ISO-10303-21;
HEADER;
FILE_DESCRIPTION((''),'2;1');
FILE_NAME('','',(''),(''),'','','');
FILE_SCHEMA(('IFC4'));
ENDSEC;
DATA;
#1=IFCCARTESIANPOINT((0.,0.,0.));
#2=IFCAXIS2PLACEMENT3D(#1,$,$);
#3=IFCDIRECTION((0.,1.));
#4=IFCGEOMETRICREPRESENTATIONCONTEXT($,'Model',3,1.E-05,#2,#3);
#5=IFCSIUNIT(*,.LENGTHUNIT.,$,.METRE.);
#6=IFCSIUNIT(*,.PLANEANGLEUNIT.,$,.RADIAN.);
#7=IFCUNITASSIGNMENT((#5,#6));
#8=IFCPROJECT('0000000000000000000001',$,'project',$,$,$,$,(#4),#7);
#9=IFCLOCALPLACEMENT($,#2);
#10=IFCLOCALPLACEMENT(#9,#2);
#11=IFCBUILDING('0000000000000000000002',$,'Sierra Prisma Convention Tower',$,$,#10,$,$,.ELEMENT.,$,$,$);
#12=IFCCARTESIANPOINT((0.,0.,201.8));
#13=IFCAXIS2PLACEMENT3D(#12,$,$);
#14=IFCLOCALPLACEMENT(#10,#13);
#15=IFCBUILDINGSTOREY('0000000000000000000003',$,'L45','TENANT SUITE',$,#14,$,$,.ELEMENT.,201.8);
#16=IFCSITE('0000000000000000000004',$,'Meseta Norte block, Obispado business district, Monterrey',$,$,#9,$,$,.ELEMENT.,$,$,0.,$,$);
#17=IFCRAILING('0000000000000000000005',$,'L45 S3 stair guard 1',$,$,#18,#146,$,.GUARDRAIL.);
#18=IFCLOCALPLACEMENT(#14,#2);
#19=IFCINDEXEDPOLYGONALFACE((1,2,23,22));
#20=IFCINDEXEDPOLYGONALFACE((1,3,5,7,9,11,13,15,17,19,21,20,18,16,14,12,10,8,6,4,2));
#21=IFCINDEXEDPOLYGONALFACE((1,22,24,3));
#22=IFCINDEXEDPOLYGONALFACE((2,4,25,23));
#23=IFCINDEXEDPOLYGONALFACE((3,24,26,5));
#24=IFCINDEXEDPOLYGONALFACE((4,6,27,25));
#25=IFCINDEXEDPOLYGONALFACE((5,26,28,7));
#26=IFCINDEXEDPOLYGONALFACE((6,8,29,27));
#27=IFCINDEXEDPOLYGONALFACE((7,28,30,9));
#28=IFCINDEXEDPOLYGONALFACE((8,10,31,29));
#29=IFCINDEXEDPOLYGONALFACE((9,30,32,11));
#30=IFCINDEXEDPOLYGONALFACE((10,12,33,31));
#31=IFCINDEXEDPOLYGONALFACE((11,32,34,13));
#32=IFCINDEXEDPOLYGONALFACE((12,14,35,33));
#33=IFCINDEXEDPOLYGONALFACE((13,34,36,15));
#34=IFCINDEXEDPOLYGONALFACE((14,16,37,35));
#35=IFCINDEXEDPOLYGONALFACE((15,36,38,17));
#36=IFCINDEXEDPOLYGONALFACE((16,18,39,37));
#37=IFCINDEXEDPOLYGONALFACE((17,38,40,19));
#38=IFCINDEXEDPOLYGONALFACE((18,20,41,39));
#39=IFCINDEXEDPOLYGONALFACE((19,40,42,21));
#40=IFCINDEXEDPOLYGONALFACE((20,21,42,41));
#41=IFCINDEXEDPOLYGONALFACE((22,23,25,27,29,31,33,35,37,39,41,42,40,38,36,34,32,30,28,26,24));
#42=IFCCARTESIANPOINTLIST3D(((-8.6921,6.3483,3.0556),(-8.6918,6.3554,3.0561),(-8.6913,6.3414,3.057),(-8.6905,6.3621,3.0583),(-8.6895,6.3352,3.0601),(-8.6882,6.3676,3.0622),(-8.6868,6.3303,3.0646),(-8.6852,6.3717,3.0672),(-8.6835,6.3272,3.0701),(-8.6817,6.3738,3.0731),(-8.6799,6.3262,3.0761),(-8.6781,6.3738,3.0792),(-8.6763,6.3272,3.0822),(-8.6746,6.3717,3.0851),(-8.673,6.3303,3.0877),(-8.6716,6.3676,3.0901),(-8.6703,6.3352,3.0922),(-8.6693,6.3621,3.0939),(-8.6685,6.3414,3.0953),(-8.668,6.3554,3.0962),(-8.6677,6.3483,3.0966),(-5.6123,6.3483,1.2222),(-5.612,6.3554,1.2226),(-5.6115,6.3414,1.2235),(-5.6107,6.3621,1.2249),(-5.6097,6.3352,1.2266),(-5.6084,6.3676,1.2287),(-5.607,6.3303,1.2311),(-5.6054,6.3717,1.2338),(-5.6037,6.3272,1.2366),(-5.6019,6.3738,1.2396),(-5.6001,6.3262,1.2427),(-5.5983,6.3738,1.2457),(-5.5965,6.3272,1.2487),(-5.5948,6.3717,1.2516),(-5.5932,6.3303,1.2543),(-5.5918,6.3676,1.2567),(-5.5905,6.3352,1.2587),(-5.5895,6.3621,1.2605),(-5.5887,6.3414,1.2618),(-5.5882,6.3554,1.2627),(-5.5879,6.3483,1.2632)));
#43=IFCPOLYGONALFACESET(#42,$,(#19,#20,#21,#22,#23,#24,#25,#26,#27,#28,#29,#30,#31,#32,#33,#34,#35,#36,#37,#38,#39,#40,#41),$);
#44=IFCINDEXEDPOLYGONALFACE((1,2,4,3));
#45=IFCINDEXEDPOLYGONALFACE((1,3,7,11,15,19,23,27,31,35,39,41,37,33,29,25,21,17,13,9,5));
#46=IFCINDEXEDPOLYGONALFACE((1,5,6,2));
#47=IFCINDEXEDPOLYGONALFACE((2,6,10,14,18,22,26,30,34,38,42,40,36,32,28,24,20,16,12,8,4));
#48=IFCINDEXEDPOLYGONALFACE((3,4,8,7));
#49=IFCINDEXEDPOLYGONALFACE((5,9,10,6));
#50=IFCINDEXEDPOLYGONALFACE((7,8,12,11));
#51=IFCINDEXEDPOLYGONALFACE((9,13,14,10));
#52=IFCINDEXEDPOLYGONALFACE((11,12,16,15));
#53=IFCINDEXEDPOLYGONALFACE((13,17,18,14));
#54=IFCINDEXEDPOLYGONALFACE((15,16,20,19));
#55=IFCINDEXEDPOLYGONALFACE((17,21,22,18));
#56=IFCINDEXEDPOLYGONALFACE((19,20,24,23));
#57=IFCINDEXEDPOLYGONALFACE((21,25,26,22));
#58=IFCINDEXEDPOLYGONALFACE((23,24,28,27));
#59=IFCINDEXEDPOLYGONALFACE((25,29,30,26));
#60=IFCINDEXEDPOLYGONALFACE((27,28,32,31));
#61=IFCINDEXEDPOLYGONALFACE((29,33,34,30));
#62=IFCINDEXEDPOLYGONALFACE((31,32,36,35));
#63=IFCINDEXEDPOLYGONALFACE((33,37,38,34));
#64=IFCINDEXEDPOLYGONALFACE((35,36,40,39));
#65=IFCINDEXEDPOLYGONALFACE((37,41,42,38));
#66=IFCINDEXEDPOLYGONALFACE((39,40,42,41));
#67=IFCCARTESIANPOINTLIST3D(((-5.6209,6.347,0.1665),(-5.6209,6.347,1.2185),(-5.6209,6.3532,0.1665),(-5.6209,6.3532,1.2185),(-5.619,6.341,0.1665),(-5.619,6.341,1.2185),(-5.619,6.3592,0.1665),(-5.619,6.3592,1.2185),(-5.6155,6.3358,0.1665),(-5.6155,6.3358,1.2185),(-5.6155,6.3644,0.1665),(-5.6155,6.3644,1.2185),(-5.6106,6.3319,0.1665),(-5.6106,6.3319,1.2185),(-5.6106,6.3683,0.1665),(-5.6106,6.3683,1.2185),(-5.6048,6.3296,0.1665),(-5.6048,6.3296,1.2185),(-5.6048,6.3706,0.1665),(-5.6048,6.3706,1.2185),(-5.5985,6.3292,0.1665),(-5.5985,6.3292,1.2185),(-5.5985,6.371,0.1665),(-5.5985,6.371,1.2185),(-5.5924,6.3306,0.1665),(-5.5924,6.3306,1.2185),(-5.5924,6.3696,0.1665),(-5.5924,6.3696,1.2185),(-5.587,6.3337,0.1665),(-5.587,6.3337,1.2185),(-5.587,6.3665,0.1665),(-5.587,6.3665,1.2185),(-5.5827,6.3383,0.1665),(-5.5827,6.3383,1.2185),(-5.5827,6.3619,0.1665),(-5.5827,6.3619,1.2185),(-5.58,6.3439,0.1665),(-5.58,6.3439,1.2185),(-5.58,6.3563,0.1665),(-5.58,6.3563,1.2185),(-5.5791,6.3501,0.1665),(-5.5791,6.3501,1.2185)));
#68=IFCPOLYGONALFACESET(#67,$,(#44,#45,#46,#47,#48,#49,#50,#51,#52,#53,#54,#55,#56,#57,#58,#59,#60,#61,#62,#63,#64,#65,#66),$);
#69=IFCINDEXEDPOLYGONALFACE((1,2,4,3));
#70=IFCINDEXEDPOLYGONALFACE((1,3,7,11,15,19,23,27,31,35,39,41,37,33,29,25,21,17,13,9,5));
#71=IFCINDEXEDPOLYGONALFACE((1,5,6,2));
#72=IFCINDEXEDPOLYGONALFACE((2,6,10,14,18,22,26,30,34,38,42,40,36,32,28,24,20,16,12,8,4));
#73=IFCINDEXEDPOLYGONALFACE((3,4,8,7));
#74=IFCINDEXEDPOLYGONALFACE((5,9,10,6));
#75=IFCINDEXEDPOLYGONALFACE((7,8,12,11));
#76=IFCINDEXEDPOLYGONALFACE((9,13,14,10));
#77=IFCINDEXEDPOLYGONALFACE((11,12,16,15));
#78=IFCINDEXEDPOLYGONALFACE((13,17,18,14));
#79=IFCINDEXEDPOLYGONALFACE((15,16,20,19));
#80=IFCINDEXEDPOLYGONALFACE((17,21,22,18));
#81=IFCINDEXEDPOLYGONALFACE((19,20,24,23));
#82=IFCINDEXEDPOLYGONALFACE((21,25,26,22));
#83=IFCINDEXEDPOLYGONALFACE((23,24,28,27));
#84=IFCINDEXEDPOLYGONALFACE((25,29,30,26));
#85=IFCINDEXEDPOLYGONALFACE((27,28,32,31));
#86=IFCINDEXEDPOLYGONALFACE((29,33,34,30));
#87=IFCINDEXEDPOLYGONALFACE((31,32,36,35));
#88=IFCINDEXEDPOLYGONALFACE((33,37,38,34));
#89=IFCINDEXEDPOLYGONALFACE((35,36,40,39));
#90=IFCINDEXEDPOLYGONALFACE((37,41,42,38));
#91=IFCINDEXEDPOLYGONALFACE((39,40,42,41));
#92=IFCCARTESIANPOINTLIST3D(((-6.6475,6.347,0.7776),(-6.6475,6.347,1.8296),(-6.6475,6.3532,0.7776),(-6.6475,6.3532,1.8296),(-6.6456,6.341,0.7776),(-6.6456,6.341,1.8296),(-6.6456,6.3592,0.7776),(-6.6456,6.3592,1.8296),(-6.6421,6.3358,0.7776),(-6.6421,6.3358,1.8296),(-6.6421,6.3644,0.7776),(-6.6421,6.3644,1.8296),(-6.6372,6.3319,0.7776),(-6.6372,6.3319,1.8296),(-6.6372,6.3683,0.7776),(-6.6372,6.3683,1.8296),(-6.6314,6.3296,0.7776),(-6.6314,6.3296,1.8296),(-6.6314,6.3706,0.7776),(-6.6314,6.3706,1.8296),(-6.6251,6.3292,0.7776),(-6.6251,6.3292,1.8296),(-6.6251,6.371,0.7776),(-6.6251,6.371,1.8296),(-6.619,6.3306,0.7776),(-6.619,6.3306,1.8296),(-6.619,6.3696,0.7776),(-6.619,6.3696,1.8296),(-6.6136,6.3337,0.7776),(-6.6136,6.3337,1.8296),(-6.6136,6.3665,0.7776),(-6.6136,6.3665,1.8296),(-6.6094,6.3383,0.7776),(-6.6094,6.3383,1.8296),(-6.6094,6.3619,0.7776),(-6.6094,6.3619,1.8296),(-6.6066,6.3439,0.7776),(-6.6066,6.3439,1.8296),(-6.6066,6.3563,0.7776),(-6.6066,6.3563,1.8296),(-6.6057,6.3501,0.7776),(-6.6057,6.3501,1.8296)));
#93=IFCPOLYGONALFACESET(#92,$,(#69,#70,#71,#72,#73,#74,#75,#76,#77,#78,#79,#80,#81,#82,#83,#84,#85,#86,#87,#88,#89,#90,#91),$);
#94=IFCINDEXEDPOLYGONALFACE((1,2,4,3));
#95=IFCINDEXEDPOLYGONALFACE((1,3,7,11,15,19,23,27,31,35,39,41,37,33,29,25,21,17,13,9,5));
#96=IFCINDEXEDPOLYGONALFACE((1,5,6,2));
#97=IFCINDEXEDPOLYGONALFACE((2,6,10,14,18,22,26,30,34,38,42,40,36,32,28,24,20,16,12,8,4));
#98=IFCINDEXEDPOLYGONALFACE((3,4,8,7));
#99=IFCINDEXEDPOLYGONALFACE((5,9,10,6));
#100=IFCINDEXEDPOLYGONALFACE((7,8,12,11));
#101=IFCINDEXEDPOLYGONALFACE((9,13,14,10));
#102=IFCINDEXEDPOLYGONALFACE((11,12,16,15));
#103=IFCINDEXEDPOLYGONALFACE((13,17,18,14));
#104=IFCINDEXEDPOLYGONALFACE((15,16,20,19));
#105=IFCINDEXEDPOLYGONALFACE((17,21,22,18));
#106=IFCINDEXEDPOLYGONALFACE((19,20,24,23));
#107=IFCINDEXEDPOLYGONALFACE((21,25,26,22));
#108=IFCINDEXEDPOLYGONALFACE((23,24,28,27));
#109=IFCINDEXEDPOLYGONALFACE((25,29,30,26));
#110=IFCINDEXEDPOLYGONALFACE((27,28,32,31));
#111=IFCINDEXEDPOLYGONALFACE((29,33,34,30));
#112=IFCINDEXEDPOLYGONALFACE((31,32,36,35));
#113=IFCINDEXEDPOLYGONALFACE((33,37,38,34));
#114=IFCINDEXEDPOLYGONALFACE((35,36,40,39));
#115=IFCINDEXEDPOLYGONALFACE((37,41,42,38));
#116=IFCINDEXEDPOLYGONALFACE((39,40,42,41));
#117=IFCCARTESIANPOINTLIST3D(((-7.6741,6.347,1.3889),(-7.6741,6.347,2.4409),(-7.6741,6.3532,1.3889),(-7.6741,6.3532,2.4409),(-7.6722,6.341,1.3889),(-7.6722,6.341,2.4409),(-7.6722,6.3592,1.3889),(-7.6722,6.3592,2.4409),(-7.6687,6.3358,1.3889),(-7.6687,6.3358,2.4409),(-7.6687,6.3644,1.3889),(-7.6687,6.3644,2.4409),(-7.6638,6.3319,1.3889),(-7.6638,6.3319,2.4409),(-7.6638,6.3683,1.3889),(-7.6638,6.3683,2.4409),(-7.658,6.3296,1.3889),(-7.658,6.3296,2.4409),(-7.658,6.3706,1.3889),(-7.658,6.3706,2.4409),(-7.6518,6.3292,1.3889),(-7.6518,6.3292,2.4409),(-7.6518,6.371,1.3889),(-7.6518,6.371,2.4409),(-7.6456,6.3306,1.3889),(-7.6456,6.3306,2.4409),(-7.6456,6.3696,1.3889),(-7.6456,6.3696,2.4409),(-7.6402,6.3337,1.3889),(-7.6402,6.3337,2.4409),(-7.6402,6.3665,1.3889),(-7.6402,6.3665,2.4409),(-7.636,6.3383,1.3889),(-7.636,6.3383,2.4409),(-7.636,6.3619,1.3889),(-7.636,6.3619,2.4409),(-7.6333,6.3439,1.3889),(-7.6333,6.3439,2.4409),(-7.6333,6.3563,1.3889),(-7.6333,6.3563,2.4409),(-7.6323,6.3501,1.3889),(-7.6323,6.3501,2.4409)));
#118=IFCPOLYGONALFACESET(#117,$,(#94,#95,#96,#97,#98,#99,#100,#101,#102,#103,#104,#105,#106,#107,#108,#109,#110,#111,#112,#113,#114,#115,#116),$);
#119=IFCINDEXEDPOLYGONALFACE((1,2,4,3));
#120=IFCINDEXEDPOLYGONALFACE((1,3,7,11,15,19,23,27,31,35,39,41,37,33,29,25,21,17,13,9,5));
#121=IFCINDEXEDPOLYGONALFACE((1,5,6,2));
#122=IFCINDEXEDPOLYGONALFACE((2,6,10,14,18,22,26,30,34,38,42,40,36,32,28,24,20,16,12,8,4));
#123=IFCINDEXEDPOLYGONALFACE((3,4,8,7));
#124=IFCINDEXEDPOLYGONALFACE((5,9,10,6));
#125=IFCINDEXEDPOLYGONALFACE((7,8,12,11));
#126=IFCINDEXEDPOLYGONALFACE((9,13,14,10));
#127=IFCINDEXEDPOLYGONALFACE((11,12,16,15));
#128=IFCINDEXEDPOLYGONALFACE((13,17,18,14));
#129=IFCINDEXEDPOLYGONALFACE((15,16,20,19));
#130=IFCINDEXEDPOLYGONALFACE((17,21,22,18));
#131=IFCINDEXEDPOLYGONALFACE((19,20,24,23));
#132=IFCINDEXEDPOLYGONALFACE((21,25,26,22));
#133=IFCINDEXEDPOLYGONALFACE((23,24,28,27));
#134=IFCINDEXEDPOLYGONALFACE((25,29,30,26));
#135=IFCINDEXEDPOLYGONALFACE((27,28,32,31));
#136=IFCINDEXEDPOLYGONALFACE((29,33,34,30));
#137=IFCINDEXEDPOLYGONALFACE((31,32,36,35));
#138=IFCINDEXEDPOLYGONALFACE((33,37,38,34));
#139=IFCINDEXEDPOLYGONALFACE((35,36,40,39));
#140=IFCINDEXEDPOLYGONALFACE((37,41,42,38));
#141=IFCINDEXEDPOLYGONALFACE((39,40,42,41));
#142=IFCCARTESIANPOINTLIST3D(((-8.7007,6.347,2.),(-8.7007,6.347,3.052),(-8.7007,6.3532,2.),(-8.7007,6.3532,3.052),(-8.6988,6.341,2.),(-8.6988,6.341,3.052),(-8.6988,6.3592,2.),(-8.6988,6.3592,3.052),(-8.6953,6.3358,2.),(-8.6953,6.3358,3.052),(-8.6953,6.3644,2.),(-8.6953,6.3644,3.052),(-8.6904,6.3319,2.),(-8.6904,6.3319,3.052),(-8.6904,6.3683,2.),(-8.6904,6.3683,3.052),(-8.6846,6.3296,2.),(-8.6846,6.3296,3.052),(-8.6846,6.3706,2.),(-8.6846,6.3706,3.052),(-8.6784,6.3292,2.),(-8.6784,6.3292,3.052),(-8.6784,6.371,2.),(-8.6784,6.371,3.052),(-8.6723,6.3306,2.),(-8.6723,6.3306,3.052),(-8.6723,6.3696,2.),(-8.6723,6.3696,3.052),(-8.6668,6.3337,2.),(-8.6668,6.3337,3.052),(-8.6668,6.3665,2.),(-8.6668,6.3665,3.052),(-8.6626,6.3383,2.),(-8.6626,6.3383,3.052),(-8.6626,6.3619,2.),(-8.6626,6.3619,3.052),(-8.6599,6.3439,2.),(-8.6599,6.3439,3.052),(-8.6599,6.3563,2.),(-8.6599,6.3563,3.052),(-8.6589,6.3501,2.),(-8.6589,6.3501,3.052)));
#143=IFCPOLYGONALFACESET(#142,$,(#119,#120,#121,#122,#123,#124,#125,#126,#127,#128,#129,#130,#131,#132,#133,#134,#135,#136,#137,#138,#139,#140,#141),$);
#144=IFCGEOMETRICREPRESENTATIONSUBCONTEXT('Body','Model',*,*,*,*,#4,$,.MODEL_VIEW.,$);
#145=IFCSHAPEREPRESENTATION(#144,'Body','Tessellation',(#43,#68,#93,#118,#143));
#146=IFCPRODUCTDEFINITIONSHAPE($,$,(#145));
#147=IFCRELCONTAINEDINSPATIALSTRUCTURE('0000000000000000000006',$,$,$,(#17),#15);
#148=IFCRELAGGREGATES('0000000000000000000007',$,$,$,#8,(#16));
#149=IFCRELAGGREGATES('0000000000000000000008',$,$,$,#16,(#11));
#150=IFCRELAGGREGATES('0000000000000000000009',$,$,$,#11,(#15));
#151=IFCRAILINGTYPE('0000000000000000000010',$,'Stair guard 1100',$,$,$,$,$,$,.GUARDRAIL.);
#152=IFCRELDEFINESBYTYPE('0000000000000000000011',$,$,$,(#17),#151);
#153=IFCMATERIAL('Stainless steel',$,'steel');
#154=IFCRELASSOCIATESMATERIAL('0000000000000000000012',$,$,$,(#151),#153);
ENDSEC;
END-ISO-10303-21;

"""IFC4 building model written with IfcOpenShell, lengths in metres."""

from ifc_helpers import new_model, si_unit, direction, frame, origin, origin_2d, place, context, subcontext, project, spatial, circle, extrude, material, type_object, element, save


model = new_model("IFC4")

# Units and contexts
model_context = context("Model", 3, precision=1e-05, world=origin(), true_north=direction((0.0, 1.0)))
body_context = subcontext(model_context, "Body", "Model", "MODEL_VIEW")
ifc_project = project(units=[si_unit("LENGTHUNIT", "METRE"), si_unit("PLANEANGLEUNIT", "RADIAN")], contexts=[model_context])

# Site, building, storey
site_placement = place(None, origin())
site = spatial("IfcSite", under=ifc_project, at=site_placement, Name="Meseta Norte block, Obispado business district, Monterrey", CompositionType="ELEMENT", RefElevation=0.0)
building_placement = place(site_placement, origin())
building = spatial("IfcBuilding", under=site, at=building_placement, Name="Sierra Prisma Convention Tower", CompositionType="ELEMENT")
storey_placement = place(building_placement, frame((0.0, 0.0, 201.8)))
storey = spatial("IfcBuildingStorey", under=building, at=storey_placement, Name="L45", Description="TENANT SUITE", CompositionType="ELEMENT", Elevation=201.8)

# Railing
ifc_material_1 = material(Name="Stainless steel", Category="steel")
railing_type_1 = type_object("IfcRailingType", Name="Stair guard 1100", PredefinedType="GUARDRAIL", material=ifc_material_1)
railing_1_placement = place(storey_placement, frame((-5.6001, 6.3501, 0.1665)))
element("IfcRailing", 1, at=railing_1_placement, inside=storey, type_object=railing_type_1, Name="L45 S3 stair guard 1", PredefinedType="GUARDRAIL", context=body_context, shape_type="SweptSolid", body=[
    extrude(circle(Radius=0.0239, at=origin_2d()), frame((0.0, 0.0, 1.0762), z_axis=(-0.859261, 0.0, 0.511538), x_axis=(0.0, -1.0, 0.0)), (0.0, 0.0, 1.0), 3.5842),
    extrude(circle(Radius=0.021, at=origin_2d()), origin(), (0.0, 0.0, 1.0), 1.052),
    extrude(circle(Radius=0.021, at=origin_2d()), frame((-1.0266, 0.0, 0.6111)), (0.0, 0.0, 1.0), 1.052),
    extrude(circle(Radius=0.021, at=origin_2d()), frame((-2.0532, 0.0, 1.2224)), (0.0, 0.0, 1.0), 1.052),
    extrude(circle(Radius=0.021, at=origin_2d()), frame((-3.0798, 0.0, 1.8335)), (0.0, 0.0, 1.0), 1.052),
])

save(model, "model.ifc")
